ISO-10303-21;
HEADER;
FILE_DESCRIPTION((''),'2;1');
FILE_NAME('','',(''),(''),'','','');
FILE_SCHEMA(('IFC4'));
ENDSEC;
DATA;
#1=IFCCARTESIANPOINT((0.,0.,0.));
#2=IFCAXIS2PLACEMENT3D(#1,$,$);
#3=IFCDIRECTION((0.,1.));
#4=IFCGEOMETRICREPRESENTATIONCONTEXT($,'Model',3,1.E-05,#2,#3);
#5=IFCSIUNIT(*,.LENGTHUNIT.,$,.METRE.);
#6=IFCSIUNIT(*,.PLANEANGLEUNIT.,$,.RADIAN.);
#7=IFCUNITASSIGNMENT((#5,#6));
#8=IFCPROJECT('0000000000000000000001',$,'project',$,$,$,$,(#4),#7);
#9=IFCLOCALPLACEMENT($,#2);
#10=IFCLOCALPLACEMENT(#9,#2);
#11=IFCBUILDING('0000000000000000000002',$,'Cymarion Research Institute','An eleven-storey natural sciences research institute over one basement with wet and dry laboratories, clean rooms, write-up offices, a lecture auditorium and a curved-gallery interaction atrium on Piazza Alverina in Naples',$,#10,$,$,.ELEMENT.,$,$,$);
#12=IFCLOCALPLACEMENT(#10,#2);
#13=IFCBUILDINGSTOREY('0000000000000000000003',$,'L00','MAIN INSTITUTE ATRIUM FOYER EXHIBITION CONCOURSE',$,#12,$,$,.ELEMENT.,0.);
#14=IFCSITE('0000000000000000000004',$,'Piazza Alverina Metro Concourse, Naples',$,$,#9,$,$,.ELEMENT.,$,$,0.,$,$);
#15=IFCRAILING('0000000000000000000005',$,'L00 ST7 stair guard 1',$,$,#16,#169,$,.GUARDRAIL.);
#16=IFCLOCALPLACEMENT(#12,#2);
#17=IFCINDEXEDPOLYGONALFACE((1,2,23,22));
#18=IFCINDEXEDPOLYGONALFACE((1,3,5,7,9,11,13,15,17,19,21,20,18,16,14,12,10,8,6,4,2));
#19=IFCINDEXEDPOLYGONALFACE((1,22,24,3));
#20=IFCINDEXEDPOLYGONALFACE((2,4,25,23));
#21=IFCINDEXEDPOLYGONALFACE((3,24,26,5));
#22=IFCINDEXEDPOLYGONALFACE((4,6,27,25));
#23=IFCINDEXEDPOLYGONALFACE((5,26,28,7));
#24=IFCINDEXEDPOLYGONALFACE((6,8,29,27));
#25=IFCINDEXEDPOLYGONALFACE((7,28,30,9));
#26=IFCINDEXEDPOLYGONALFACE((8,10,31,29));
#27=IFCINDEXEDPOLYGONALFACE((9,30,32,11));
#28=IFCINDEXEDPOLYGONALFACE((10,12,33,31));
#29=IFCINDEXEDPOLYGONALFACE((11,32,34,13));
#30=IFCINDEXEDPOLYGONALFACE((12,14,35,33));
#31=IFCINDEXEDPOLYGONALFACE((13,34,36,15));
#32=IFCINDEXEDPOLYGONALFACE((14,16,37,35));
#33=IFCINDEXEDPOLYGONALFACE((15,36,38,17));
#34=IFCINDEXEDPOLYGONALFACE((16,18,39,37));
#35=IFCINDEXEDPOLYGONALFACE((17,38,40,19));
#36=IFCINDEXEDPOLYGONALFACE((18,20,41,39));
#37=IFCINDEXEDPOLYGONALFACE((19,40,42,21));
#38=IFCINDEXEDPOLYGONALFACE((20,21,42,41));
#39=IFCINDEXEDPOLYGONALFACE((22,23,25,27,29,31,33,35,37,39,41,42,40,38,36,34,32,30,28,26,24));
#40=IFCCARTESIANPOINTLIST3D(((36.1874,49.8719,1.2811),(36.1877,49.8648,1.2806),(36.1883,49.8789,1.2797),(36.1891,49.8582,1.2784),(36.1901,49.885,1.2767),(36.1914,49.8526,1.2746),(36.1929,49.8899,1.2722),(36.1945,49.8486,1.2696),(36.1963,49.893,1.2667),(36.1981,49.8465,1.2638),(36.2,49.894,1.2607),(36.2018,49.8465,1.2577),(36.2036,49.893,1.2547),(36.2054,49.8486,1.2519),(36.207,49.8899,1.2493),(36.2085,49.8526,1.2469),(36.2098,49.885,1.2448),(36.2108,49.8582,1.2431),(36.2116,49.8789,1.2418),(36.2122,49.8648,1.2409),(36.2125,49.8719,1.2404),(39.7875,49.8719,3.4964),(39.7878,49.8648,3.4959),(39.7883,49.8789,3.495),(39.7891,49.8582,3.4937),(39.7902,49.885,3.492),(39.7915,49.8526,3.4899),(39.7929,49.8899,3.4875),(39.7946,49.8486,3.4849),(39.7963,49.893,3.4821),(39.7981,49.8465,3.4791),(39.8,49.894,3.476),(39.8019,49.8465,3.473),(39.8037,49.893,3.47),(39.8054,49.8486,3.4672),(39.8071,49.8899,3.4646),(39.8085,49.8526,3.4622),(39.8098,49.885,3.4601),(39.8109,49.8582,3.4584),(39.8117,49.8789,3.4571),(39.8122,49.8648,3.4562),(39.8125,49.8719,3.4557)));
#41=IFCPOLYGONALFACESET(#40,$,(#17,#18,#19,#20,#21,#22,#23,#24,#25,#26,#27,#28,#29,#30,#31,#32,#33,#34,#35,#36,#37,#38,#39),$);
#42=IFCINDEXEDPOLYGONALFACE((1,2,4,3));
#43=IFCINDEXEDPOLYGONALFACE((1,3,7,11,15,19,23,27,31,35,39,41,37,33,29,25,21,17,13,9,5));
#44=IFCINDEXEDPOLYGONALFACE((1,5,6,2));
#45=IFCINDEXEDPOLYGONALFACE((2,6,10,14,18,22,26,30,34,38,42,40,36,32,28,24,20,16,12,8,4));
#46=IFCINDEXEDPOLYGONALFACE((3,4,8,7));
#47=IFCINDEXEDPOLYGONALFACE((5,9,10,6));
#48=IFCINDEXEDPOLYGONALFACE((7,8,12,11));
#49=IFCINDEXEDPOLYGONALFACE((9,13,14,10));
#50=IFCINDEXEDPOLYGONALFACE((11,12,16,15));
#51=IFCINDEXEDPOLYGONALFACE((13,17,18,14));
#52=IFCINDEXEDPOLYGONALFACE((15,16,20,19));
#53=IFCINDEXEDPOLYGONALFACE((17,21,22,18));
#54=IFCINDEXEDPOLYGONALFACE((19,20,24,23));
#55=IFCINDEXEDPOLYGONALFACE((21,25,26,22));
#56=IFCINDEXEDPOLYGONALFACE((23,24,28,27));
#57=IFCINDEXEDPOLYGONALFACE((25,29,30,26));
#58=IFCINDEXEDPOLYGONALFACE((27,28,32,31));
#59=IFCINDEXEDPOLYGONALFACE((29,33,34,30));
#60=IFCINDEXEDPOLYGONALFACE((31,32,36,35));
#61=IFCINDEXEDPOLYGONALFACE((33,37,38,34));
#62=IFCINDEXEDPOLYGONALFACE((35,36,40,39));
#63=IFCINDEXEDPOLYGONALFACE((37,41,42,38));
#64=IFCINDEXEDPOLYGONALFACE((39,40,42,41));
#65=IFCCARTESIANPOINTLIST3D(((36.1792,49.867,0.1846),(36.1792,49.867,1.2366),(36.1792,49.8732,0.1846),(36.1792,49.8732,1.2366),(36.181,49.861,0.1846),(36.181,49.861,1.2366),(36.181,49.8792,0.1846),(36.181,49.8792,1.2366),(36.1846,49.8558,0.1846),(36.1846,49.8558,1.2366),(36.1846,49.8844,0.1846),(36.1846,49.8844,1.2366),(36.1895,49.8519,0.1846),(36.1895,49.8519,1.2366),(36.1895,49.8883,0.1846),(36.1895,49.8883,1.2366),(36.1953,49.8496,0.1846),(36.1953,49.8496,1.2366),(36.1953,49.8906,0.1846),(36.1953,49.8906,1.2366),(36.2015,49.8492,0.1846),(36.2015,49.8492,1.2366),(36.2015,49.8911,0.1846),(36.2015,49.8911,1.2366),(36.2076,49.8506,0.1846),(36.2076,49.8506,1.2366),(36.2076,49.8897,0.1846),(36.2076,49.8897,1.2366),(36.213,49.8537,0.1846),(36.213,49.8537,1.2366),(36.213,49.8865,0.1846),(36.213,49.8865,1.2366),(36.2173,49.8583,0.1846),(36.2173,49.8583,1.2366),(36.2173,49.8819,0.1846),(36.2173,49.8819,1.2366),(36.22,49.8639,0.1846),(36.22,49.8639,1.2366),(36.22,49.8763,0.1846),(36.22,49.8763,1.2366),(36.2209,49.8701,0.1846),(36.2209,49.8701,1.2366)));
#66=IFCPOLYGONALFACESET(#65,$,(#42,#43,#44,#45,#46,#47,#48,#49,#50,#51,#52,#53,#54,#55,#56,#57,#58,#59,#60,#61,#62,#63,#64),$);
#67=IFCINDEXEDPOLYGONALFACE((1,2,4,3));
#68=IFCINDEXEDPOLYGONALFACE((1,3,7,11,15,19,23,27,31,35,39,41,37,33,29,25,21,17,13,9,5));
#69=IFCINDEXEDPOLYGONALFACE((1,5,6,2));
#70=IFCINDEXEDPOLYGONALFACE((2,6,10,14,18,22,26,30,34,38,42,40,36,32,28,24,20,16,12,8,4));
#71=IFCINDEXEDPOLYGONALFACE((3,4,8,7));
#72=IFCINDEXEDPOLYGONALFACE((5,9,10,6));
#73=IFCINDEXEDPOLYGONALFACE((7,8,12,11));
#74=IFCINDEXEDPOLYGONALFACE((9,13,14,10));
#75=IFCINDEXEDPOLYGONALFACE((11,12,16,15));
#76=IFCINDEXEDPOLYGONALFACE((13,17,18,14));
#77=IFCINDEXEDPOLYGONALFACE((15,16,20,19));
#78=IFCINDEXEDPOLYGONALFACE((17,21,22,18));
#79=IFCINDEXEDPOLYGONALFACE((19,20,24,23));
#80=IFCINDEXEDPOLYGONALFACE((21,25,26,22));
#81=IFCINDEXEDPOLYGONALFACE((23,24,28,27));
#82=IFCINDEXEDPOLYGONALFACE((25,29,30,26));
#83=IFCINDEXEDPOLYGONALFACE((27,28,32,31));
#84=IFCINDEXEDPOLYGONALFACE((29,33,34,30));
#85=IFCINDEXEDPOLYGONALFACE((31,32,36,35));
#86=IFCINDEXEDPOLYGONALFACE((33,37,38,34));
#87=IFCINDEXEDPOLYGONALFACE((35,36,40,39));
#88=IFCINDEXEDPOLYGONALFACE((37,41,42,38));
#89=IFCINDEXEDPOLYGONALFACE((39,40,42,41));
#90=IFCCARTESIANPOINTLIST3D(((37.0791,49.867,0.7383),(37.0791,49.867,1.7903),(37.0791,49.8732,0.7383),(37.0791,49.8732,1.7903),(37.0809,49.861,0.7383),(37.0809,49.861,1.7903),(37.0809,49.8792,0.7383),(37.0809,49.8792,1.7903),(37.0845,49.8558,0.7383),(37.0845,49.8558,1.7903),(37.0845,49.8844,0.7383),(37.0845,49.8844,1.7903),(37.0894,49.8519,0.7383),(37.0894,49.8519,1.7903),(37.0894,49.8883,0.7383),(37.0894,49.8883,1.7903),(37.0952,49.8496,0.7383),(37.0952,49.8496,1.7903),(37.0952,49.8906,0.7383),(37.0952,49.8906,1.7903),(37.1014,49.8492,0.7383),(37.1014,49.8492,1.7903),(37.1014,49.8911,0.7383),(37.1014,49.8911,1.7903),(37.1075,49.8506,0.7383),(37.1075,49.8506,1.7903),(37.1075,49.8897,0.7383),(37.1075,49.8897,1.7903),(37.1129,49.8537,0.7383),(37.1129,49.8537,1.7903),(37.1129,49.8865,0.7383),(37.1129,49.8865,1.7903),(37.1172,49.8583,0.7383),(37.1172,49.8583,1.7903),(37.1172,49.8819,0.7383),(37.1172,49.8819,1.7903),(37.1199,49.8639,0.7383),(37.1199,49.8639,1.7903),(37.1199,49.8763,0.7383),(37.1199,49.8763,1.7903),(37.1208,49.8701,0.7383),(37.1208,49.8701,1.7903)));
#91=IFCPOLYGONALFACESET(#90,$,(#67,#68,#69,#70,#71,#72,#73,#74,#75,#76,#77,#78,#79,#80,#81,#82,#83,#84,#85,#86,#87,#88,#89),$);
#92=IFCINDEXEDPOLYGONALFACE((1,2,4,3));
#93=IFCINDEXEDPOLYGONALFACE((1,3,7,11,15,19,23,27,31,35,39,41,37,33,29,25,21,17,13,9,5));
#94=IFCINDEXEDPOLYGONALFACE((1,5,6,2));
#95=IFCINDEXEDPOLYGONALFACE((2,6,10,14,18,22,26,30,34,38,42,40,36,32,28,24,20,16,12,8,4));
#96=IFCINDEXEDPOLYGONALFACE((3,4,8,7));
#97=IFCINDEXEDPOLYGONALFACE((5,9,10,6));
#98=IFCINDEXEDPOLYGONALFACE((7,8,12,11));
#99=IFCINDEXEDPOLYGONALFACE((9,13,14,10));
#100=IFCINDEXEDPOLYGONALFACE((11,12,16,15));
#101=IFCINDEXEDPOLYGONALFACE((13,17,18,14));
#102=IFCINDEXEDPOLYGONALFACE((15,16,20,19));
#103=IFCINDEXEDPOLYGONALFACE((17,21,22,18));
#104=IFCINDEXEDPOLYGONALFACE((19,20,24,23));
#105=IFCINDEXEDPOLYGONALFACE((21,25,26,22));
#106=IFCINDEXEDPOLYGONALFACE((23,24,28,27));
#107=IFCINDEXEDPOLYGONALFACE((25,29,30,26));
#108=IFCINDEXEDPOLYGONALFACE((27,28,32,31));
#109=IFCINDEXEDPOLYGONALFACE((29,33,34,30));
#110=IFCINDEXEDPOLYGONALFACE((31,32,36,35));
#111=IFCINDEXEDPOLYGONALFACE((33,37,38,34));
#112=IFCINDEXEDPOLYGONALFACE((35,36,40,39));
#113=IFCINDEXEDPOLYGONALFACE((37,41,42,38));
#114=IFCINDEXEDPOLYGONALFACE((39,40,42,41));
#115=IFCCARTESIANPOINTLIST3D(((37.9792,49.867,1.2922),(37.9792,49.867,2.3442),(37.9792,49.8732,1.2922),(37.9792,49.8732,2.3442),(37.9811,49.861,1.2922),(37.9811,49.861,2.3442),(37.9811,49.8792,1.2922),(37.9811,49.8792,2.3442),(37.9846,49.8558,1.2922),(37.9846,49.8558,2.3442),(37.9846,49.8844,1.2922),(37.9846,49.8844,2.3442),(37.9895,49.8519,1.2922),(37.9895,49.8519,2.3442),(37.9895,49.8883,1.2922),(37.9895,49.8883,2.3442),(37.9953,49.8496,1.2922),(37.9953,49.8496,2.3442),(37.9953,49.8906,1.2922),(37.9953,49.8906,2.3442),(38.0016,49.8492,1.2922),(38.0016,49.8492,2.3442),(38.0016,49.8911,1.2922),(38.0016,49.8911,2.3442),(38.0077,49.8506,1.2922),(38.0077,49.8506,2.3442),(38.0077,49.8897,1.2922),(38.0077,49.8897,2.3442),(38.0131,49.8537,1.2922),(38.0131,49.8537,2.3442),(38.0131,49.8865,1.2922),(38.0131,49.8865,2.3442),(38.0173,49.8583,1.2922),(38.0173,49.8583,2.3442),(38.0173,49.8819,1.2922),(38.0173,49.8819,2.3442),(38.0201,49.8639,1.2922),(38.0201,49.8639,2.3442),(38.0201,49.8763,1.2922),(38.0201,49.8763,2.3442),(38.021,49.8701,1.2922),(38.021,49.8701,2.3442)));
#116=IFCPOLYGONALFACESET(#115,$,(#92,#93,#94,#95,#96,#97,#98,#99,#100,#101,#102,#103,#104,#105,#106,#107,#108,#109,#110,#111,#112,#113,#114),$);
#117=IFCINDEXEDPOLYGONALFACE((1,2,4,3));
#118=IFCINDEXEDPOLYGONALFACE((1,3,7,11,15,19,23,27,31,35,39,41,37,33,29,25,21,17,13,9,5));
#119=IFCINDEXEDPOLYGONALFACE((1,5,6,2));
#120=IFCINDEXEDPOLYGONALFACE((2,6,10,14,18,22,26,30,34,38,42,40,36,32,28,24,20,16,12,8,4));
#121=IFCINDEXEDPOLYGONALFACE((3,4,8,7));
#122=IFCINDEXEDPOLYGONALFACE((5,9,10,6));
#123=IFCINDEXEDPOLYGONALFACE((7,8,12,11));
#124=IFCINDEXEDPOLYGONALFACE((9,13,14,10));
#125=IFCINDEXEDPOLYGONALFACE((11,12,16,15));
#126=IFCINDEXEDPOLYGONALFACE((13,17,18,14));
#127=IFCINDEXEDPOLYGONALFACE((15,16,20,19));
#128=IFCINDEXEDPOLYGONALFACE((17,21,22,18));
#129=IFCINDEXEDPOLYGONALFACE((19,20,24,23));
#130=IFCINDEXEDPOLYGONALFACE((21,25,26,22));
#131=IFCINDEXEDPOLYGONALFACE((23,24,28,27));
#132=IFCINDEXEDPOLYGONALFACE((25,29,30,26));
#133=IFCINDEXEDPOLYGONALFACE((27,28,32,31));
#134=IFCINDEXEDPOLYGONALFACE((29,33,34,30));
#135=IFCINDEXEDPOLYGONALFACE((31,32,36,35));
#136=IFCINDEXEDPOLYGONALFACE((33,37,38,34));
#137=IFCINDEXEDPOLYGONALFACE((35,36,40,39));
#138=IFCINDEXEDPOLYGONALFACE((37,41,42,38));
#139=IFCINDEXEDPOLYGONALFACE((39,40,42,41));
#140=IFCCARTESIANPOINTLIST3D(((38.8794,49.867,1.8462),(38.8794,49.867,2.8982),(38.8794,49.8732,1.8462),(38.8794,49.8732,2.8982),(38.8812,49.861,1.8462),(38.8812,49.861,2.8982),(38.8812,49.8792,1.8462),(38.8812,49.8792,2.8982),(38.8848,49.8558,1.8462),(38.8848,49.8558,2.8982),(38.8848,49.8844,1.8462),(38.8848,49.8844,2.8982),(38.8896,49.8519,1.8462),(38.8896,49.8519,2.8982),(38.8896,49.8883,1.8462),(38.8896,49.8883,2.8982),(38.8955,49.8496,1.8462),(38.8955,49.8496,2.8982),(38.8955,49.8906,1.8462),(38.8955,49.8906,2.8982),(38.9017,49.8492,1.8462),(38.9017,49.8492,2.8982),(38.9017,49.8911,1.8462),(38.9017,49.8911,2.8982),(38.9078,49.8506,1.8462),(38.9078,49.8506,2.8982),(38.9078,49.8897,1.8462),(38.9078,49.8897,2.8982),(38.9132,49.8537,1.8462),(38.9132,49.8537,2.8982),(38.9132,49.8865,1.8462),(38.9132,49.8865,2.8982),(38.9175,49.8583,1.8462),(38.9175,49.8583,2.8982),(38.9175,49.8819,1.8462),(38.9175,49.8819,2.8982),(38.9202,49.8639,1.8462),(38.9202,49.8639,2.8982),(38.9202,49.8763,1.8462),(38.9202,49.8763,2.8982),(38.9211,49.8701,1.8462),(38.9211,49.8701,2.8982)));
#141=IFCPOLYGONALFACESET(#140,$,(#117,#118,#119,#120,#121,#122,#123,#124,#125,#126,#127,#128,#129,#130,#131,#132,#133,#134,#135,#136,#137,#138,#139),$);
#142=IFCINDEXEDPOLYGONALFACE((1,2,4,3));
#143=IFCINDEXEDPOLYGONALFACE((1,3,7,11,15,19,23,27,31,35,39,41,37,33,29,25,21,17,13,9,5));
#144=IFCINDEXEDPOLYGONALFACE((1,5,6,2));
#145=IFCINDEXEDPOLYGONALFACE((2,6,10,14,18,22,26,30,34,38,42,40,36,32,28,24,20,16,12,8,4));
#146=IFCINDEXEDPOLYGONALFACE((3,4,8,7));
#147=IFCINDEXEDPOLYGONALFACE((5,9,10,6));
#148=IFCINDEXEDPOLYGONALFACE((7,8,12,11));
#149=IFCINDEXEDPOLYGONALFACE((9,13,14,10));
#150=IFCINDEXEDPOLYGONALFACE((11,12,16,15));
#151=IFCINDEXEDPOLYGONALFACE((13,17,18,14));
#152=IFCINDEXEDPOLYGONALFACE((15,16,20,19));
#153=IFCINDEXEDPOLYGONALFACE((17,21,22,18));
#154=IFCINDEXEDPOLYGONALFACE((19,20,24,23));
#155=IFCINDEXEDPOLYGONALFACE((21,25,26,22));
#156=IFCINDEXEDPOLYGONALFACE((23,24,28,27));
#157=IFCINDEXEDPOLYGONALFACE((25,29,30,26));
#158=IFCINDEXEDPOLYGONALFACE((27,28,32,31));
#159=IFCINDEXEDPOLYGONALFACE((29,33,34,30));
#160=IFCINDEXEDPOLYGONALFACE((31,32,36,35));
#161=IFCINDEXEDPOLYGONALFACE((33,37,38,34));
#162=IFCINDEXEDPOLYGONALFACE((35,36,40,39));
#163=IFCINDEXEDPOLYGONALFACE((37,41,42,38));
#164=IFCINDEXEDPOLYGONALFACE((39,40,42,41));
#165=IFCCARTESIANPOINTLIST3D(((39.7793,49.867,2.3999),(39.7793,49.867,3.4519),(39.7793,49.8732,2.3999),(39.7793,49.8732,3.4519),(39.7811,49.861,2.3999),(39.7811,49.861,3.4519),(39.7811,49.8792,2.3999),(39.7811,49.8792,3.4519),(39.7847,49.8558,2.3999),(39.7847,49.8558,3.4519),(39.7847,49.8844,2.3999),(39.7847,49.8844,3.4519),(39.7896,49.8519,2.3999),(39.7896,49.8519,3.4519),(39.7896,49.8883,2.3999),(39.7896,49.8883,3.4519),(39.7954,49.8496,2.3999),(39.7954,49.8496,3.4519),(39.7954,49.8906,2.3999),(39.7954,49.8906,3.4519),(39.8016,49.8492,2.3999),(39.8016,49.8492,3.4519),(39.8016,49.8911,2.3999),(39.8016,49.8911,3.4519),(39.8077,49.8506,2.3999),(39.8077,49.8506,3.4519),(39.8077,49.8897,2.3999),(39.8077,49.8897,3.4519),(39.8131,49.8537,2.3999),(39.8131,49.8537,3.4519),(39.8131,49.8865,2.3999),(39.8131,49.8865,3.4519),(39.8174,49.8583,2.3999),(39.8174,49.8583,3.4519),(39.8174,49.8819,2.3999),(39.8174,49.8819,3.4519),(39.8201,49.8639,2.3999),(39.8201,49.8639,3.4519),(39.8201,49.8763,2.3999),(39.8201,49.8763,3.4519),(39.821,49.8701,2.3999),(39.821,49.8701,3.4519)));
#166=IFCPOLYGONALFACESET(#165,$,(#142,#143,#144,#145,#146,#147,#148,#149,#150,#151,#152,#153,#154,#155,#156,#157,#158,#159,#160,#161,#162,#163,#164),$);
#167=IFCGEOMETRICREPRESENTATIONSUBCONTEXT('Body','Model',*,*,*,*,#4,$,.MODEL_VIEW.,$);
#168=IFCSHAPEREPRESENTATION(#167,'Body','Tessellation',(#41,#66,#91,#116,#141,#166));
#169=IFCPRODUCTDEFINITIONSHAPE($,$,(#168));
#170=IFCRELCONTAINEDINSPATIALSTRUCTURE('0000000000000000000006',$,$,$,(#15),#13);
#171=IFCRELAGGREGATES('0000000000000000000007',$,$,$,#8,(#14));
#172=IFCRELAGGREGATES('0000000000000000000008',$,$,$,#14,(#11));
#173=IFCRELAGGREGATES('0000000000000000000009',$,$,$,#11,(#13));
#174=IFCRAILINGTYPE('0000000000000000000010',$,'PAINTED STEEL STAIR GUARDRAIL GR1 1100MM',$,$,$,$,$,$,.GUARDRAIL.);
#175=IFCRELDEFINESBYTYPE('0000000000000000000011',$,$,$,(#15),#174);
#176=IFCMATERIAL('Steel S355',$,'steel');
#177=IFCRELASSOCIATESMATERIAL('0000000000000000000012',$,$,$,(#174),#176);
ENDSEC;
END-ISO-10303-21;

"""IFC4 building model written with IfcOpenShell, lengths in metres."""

from ifc_helpers import new_model, si_unit, direction, frame, origin, origin_2d, place, context, subcontext, project, spatial, circle, extrude, material, type_object, element, save


model = new_model("IFC4")

# Units and contexts
model_context = context("Model", 3, precision=1e-05, world=origin(), true_north=direction((0.0, 1.0)))
body_context = subcontext(model_context, "Body", "Model", "MODEL_VIEW")
ifc_project = project(units=[si_unit("LENGTHUNIT", "METRE"), si_unit("PLANEANGLEUNIT", "RADIAN")], contexts=[model_context])

# Site, building, storey
site_placement = place(None, origin())
site = spatial("IfcSite", under=ifc_project, at=site_placement, Name="Piazza Alverina Metro Concourse, Naples", CompositionType="ELEMENT", RefElevation=0.0)
building_placement = place(site_placement, origin())
building = spatial("IfcBuilding", under=site, at=building_placement, Name="Cymarion Research Institute", Description="An eleven-storey natural sciences research institute over one basement with wet and dry laboratories, clean rooms, write-up offices, a lecture auditorium and a curved-gallery interaction atrium on Piazza Alverina in Naples", CompositionType="ELEMENT")
storey_placement = place(building_placement, origin())
storey = spatial("IfcBuildingStorey", under=building, at=storey_placement, Name="L00", Description="MAIN INSTITUTE ATRIUM FOYER EXHIBITION CONCOURSE", CompositionType="ELEMENT", Elevation=0.0)

# Shared definitions
ifc_material_1 = material(Name="Steel S355", Category="steel")

# Railing
railing_type_1 = type_object("IfcRailingType", Name="PAINTED STEEL STAIR GUARDRAIL GR1 1100MM", PredefinedType="GUARDRAIL", material=ifc_material_1)
railing_1_placement = place(storey_placement, frame((36.2, 49.8701, 0.1846)))
element("IfcRailing", 1, at=railing_1_placement, inside=storey, type_object=railing_type_1, Name="L00 ST7 stair guard 1", PredefinedType="GUARDRAIL", context=body_context, shape_type="SweptSolid", body=[
    extrude(circle(Radius=0.0239, at=origin_2d()), frame((0.0, 0.0, 1.0762), z_axis=(0.85167, 0.0, 0.524078), x_axis=(0.0, 1.0, 0.0)), (0.0, 0.0, 1.0), 4.2271),
    extrude(circle(Radius=0.021, at=origin_2d()), origin(), (0.0, 0.0, 1.0), 1.052),
    extrude(circle(Radius=0.021, at=origin_2d()), frame((0.8999, 0.0, 0.5537)), (0.0, 0.0, 1.0), 1.052),
    extrude(circle(Radius=0.021, at=origin_2d()), frame((1.8, 0.0, 1.1077)), (0.0, 0.0, 1.0), 1.052),
    extrude(circle(Radius=0.021, at=origin_2d()), frame((2.7002, 0.0, 1.6616)), (0.0, 0.0, 1.0), 1.052),
    extrude(circle(Radius=0.021, at=origin_2d()), frame((3.6001, 0.0, 2.2153)), (0.0, 0.0, 1.0), 1.052),
])

save(model, "model.ifc")
